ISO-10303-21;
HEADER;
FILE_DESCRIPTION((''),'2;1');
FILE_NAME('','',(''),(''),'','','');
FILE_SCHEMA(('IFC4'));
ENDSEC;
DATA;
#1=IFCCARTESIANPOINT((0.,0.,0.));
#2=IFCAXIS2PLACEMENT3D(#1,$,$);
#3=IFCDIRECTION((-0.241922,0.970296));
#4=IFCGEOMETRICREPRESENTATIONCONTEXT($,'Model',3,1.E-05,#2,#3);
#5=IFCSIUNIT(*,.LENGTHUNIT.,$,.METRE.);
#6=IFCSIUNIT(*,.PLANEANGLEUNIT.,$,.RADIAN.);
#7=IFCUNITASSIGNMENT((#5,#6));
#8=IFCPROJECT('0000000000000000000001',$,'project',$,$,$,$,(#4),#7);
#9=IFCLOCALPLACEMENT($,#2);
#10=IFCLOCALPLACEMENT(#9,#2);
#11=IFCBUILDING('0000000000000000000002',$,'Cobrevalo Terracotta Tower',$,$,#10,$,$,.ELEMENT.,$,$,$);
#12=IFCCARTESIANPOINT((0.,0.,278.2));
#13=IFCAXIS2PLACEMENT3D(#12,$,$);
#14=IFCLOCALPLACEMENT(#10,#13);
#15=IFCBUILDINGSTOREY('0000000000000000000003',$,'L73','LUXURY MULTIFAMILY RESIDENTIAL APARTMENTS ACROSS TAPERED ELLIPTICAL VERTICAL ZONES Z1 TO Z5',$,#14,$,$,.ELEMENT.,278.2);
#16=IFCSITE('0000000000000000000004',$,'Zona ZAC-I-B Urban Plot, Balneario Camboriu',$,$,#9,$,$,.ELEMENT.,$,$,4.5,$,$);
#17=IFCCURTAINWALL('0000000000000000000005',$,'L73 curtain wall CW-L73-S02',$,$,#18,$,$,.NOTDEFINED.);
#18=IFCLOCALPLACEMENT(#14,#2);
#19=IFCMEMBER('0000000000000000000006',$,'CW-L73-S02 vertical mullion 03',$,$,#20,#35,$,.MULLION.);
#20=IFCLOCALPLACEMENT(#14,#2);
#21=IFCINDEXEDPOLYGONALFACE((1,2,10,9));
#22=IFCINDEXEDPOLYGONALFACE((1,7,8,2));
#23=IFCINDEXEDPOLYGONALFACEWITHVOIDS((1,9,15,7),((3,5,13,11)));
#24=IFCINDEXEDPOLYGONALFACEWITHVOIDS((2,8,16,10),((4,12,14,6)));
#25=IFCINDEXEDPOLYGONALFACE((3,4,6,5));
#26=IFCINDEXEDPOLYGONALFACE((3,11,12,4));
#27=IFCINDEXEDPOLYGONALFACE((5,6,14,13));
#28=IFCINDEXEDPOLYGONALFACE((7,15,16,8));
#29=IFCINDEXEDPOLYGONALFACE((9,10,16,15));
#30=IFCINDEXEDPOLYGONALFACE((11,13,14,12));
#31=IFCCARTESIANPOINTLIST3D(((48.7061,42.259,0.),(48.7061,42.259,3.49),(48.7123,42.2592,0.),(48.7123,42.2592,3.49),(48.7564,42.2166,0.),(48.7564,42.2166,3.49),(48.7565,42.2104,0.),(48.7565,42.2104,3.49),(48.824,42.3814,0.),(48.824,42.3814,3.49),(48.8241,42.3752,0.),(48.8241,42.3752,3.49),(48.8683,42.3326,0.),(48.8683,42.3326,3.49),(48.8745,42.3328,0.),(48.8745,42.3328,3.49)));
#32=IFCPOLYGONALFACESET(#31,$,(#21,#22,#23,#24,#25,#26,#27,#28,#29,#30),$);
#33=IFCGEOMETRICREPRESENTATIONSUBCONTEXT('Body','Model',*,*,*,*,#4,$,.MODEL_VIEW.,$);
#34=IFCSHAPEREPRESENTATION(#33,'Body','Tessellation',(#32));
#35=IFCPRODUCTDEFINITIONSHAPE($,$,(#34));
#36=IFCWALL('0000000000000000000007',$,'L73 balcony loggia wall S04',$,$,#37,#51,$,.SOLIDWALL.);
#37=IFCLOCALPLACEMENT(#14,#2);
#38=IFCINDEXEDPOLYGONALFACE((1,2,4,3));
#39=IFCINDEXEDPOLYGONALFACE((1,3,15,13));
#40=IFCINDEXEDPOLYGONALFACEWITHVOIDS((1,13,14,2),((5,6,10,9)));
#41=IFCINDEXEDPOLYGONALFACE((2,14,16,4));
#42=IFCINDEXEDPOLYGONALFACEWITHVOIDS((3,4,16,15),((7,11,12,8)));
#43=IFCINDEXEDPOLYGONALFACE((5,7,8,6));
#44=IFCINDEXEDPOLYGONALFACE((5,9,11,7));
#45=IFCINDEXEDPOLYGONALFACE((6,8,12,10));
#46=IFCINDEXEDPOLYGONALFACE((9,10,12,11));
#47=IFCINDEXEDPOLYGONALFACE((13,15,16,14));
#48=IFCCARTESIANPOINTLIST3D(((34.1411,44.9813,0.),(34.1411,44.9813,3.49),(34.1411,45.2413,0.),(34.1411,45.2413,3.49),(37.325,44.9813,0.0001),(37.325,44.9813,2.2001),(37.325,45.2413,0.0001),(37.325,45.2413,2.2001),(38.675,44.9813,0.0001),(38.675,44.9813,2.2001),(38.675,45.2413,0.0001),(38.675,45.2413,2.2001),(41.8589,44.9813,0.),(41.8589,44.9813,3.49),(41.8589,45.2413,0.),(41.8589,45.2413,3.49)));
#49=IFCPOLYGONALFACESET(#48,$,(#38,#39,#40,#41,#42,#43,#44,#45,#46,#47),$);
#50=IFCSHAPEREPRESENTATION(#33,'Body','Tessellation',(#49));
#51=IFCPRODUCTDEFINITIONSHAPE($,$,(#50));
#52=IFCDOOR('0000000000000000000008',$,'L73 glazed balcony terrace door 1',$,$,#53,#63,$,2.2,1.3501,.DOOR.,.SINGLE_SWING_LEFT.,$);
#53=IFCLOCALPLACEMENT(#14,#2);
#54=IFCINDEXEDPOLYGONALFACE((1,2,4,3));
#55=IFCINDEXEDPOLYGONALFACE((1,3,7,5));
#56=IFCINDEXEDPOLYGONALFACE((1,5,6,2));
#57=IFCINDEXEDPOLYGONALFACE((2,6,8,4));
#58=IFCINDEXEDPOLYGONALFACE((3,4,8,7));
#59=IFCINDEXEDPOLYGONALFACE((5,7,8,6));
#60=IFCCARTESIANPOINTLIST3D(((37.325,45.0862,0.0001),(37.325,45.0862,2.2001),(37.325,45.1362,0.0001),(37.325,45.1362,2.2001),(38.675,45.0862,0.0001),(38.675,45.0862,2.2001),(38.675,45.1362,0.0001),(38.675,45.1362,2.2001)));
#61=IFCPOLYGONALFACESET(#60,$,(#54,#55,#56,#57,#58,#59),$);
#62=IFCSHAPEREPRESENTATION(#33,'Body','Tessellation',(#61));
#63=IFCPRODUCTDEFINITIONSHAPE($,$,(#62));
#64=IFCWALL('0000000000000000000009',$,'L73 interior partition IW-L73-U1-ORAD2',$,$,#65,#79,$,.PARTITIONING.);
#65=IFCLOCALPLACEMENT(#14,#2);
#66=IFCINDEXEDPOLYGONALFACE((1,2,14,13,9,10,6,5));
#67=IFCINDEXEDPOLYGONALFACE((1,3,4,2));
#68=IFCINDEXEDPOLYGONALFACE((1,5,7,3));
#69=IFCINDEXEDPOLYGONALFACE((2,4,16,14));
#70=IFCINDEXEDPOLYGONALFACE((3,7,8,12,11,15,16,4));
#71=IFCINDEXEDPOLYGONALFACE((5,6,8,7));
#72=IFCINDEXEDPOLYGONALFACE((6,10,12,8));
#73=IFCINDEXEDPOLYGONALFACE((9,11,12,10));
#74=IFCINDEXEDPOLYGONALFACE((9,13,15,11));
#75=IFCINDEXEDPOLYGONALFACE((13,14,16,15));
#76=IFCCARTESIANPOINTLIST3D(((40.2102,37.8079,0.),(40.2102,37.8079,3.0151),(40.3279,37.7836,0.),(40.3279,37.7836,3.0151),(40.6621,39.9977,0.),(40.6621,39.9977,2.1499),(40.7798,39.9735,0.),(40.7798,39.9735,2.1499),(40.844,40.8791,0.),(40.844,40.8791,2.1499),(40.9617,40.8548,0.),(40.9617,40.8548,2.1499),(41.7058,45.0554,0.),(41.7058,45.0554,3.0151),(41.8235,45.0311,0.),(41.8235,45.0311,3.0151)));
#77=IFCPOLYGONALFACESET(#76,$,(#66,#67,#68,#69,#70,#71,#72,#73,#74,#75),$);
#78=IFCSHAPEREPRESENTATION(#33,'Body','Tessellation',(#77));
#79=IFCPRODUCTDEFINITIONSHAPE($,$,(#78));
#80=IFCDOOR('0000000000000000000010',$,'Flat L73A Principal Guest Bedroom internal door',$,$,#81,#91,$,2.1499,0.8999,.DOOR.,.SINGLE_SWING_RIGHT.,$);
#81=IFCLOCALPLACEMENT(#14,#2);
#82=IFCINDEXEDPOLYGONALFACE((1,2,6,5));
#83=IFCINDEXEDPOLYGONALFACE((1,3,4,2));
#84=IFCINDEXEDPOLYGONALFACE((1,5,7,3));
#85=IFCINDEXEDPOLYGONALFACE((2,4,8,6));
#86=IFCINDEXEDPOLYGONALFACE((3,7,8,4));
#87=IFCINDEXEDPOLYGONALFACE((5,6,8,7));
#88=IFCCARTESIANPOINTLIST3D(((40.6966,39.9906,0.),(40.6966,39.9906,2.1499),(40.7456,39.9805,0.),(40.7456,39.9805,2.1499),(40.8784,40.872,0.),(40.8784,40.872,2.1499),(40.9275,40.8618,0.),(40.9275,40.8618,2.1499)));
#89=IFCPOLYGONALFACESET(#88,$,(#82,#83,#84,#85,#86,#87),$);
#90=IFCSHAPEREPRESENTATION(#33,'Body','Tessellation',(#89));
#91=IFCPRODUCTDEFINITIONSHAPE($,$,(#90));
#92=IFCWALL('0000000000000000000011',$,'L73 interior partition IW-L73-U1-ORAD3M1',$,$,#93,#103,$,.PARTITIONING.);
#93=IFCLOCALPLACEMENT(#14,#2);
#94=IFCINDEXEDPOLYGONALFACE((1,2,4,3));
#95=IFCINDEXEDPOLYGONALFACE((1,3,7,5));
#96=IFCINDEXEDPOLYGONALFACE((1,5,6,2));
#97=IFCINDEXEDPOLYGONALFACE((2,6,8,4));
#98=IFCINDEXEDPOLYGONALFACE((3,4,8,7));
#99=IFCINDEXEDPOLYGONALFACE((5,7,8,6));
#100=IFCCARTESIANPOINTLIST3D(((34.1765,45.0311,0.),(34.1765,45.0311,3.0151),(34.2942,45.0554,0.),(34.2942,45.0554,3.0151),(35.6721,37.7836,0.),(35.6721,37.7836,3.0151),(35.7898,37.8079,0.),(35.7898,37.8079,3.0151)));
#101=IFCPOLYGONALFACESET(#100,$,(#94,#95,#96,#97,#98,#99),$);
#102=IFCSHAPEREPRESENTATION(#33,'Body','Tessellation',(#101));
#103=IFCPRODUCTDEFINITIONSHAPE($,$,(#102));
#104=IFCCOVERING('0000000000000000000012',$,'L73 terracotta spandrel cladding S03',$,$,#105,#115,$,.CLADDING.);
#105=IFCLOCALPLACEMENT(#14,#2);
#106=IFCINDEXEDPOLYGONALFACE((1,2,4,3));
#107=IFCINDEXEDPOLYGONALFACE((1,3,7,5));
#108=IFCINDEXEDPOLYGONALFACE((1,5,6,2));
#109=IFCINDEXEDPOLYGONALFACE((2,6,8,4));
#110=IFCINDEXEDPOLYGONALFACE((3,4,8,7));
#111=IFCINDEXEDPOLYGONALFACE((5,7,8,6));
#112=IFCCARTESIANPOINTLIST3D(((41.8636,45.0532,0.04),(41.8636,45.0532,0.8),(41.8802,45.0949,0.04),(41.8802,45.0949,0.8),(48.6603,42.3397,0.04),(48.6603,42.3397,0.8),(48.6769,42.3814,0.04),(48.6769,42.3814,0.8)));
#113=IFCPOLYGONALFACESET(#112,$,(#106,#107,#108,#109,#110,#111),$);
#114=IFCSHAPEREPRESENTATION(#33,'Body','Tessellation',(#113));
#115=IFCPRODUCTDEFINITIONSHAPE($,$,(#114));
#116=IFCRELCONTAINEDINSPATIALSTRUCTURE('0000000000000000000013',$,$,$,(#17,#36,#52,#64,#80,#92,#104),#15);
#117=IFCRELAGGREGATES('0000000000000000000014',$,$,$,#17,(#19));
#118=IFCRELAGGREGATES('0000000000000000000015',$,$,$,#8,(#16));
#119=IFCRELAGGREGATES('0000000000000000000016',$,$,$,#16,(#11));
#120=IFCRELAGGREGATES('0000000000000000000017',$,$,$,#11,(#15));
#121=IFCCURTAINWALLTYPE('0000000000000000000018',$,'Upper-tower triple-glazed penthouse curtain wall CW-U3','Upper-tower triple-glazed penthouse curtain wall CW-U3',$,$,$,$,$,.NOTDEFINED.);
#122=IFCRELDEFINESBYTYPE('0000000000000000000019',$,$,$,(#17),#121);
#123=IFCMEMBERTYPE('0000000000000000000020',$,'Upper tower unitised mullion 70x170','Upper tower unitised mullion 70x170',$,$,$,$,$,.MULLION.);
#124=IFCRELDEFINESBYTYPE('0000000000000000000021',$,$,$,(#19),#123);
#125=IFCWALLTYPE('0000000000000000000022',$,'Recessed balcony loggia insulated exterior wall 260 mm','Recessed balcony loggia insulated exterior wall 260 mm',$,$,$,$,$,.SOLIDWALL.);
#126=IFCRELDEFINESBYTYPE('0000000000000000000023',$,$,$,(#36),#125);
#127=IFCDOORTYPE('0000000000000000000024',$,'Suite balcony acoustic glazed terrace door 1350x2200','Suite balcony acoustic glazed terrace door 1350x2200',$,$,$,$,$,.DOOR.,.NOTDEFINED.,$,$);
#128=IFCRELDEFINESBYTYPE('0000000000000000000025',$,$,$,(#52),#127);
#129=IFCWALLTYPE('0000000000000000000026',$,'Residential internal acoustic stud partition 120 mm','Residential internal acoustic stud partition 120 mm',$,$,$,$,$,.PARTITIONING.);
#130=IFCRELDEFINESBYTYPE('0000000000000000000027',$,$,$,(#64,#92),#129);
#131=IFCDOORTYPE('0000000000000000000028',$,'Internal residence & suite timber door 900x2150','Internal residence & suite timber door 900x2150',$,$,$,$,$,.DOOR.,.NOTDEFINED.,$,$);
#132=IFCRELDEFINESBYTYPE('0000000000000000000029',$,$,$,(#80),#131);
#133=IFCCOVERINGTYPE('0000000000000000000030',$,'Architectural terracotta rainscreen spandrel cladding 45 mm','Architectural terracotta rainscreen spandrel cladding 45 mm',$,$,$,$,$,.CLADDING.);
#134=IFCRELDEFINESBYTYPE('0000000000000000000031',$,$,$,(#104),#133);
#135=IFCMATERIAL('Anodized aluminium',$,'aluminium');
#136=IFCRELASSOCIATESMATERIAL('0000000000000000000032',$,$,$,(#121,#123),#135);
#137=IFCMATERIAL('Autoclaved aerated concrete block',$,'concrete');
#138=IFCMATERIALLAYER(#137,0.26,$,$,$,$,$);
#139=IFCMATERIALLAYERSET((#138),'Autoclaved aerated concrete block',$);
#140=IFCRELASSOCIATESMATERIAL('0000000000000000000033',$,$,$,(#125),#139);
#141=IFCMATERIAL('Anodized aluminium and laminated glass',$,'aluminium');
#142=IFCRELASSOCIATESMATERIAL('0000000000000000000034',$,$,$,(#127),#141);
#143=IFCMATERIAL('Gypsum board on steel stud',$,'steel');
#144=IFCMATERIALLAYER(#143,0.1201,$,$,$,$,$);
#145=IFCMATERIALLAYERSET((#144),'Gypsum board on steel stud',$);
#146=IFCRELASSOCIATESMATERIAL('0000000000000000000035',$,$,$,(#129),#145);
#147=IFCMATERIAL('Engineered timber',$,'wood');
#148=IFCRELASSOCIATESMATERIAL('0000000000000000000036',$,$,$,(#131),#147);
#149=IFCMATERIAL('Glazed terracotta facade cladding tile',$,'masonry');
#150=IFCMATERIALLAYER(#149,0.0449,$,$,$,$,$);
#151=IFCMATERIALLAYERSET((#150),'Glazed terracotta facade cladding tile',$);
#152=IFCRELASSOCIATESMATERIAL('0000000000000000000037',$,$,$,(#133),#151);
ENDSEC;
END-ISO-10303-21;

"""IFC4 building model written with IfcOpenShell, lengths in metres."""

from ifc_helpers import new_model, si_unit, direction, frame, frame_2d, origin, origin_2d, place, context, subcontext, project, spatial, rectangle, hollow_rectangle, extrude, source, transform, mapped, material, layer, layer_set, material_profile, profile_set, type_object, element, fill, aggregate, save


model = new_model("IFC4")

# Units and contexts
model_context = context("Model", 3, precision=1e-05, world=origin(), true_north=direction((-0.241922, 0.970296)))
body_context = subcontext(model_context, "Body", "Model", "MODEL_VIEW")
ifc_project = project(units=[si_unit("LENGTHUNIT", "METRE"), si_unit("PLANEANGLEUNIT", "RADIAN")], contexts=[model_context])

# Site, building, storey
site_placement = place(None, origin())
site = spatial("IfcSite", under=ifc_project, at=site_placement, Name="Zona ZAC-I-B Urban Plot, Balneario Camboriu", CompositionType="ELEMENT", RefElevation=4.5)
building_placement = place(site_placement, origin())
building = spatial("IfcBuilding", under=site, at=building_placement, Name="Cobrevalo Terracotta Tower", CompositionType="ELEMENT")
storey_placement = place(building_placement, frame((0.0, 0.0, 278.2)))
storey = spatial("IfcBuildingStorey", under=building, at=storey_placement, Name="L73", Description="LUXURY MULTIFAMILY RESIDENTIAL APARTMENTS ACROSS TAPERED ELLIPTICAL VERTICAL ZONES Z1 TO Z5", CompositionType="ELEMENT", Elevation=278.2)

# Curtain wall, member
ifc_material_1 = material(Name="Anodized aluminium", Category="aluminium")
curtain_wall_type = type_object("IfcCurtainWallType", Name="Upper-tower triple-glazed penthouse curtain wall CW-U3", Description="Upper-tower triple-glazed penthouse curtain wall CW-U3", PredefinedType="NOTDEFINED", material=ifc_material_1)
curtain_wall_placement = place(storey_placement, origin())
curtain_wall = element("IfcCurtainWall", 1, at=curtain_wall_placement, inside=storey, type_object=curtain_wall_type, Name="L73 curtain wall CW-L73-S02", PredefinedType="NOTDEFINED")
ifc_material_profile_1 = material_profile(ifc_material_1, hollow_rectangle(XDim=0.0701, YDim=0.1699, WallThickness=0.0044, at=origin_2d()), Name="CWM 70x170")
ifc_profile_set_1 = profile_set([ifc_material_profile_1], Name="Anodized aluminium")
member_type = type_object("IfcMemberType", Name="Upper tower unitised mullion 70x170", Description="Upper tower unitised mullion 70x170", PredefinedType="MULLION", material=ifc_profile_set_1)
shared_shape_1 = source(origin(), body_context, "Body", "SweptSolid", [
    extrude(hollow_rectangle(XDim=0.0701, YDim=0.1699, WallThickness=0.0044, at=origin_2d()), origin(), (0.0, 0.0, 1.0), 3.49),
])
member_placement = place(storey_placement, frame((48.7903, 42.2959, 0.0), z_axis=(0.0, 0.0, 1.0), x_axis=(-0.719994, 0.69398, 0.0)))
member = element("IfcMember", 2, at=member_placement, type_object=member_type, Name="CW-L73-S02 vertical mullion 03", PredefinedType="MULLION", context=body_context, shape_type="MappedRepresentation", body=[
    mapped(shared_shape_1, transform((0.0, 0.0, 0.0), scale=1.0)),
])
aggregate(curtain_wall, [member])

# Walls, openings, doors
ifc_material_2 = material(Name="Autoclaved aerated concrete block", Category="concrete")
ifc_layer_1 = layer(ifc_material_2, 0.26)
ifc_layer_set_1 = layer_set([ifc_layer_1], Name="Autoclaved aerated concrete block")
wall_type_1 = type_object("IfcWallType", Name="Recessed balcony loggia insulated exterior wall 260 mm", Description="Recessed balcony loggia insulated exterior wall 260 mm", PredefinedType="SOLIDWALL", material=ifc_layer_set_1)
wall_1_placement = place(storey_placement, frame((41.8589, 45.1113, 0.0), z_axis=(0.0, 0.0, 1.0), x_axis=(-1.0, 0.0, 0.0)))
wall_1 = element("IfcWall", 3, at=wall_1_placement, inside=storey, type_object=wall_type_1, Name="L73 balcony loggia wall S04", PredefinedType="SOLIDWALL", context=body_context, shape_type="SweptSolid", body=[
    extrude(rectangle(XDim=7.7178, YDim=0.26, at=frame_2d((3.8589, 0.0))), origin(), (0.0, 0.0, 1.0), 3.49),
])
opening_1_placement = place(wall_1_placement, frame((3.1838, 0.0, 0.0)))
opening_1 = element("IfcOpeningElement", 4, at=opening_1_placement, cuts=wall_1, PredefinedType="OPENING", context=body_context, shape_type="SweptSolid", body=[
    extrude(rectangle(XDim=1.3501, YDim=2.2, at=frame_2d((0.675, 1.1001))), frame((0.0, 0.1401, 0.0), z_axis=(0.0, -1.0, 0.0), x_axis=(1.0, 0.0, 0.0)), (0.0, 0.0, 1.0), 0.28),
])
ifc_material_3 = material(Name="Anodized aluminium and laminated glass", Category="aluminium")
door_type_1 = type_object("IfcDoorType", Name="Suite balcony acoustic glazed terrace door 1350x2200", Description="Suite balcony acoustic glazed terrace door 1350x2200", OperationType="NOTDEFINED", PredefinedType="DOOR", material=ifc_material_3)
shared_shape_2 = source(origin(), body_context, "Body", "SweptSolid", [
    extrude(rectangle(XDim=1.3501, YDim=2.2, at=frame_2d((0.675, 1.1001))), frame((0.0, 0.0249, 0.0), z_axis=(0.0, -1.0, 0.0), x_axis=(1.0, 0.0, 0.0)), (0.0, 0.0, 1.0), 0.05),
])
door_1_placement = place(opening_1_placement, frame((1.3501, 0.0, 0.0), z_axis=(0.0, 0.0, 1.0), x_axis=(-1.0, 0.0, 0.0)))
door_1 = element("IfcDoor", 5, at=door_1_placement, inside=storey, type_object=door_type_1, Name="L73 glazed balcony terrace door 1", OperationType="SINGLE_SWING_LEFT", OverallHeight=2.2, OverallWidth=1.3501, PredefinedType="DOOR", context=body_context, shape_type="MappedRepresentation", body=[
    mapped(shared_shape_2, transform((0.0, 0.0, 0.0), scale=1.0)),
])
fill(opening_1, door_1)
ifc_material_4 = material(Name="Gypsum board on steel stud", Category="steel")
ifc_layer_2 = layer(ifc_material_4, 0.1201)
ifc_layer_set_2 = layer_set([ifc_layer_2], Name="Gypsum board on steel stud")
wall_type_2 = type_object("IfcWallType", Name="Residential internal acoustic stud partition 120 mm", Description="Residential internal acoustic stud partition 120 mm", PredefinedType="PARTITIONING", material=ifc_layer_set_2)
wall_2_placement = place(storey_placement, frame((40.269, 37.7957, 0.0), z_axis=(0.0, 0.0, 1.0), x_axis=(0.202102, 0.979365, 0.0)))
wall_2 = element("IfcWall", 6, at=wall_2_placement, inside=storey, type_object=wall_type_2, Name="L73 interior partition IW-L73-U1-ORAD2", PredefinedType="PARTITIONING", context=body_context, shape_type="SweptSolid", body=[
    extrude(rectangle(XDim=7.4001, YDim=0.1201, at=frame_2d((3.7002, 0.0))), origin(), (0.0, 0.0, 1.0), 3.0151),
])
opening_2_placement = place(wall_2_placement, frame((2.2361, 0.0, 0.0)))
opening_2 = element("IfcOpeningElement", 7, at=opening_2_placement, cuts=wall_2, PredefinedType="OPENING", context=body_context, shape_type="SweptSolid", body=[
    extrude(rectangle(XDim=0.8999, YDim=2.1499, at=frame_2d((0.45, 1.075))), frame((0.0, 0.0701, 0.0), z_axis=(0.0, -1.0, 0.0), x_axis=(1.0, 0.0, 0.0)), (0.0, 0.0, 1.0), 0.1401),
])
ifc_material_5 = material(Name="Engineered timber", Category="wood")
door_type_2 = type_object("IfcDoorType", Name="Internal residence & suite timber door 900x2150", Description="Internal residence & suite timber door 900x2150", OperationType="NOTDEFINED", PredefinedType="DOOR", material=ifc_material_5)
shared_shape_3 = source(origin(), body_context, "Body", "SweptSolid", [
    extrude(rectangle(XDim=0.8999, YDim=2.1499, at=frame_2d((0.45, 1.075))), frame((0.0, 0.0249, 0.0), z_axis=(0.0, -1.0, 0.0), x_axis=(1.0, 0.0, 0.0)), (0.0, 0.0, 1.0), 0.05),
])
door_2_placement = place(opening_2_placement, origin())
door_2 = element("IfcDoor", 8, at=door_2_placement, inside=storey, type_object=door_type_2, Name="Flat L73A Principal Guest Bedroom internal door", OperationType="SINGLE_SWING_RIGHT", OverallHeight=2.1499, OverallWidth=0.8999, PredefinedType="DOOR", context=body_context, shape_type="MappedRepresentation", body=[
    mapped(shared_shape_3, transform((0.0, 0.0, 0.0), scale=1.0)),
])
fill(opening_2, door_2)

# Wall
wall_3_placement = place(storey_placement, frame((35.731, 37.7957, 0.0), z_axis=(0.0, 0.0, 1.0), x_axis=(-0.202102, 0.979365, 0.0)))
element("IfcWall", 9, at=wall_3_placement, inside=storey, type_object=wall_type_2, Name="L73 interior partition IW-L73-U1-ORAD3M1", PredefinedType="PARTITIONING", context=body_context, shape_type="SweptSolid", body=[
    extrude(rectangle(XDim=7.4001, YDim=0.1201, at=frame_2d((3.7002, 0.0))), origin(), (0.0, 0.0, 1.0), 3.0151),
])

# Covering
ifc_material_6 = material(Name="Glazed terracotta facade cladding tile", Category="masonry")
ifc_layer_3 = layer(ifc_material_6, 0.0449)
ifc_layer_set_3 = layer_set([ifc_layer_3], Name="Glazed terracotta facade cladding tile")
covering_type = type_object("IfcCoveringType", Name="Architectural terracotta rainscreen spandrel cladding 45 mm", Description="Architectural terracotta rainscreen spandrel cladding 45 mm", PredefinedType="CLADDING", material=ifc_layer_set_3)
shared_shape_4 = source(origin(), body_context, "Body", "SweptSolid", [
    extrude(rectangle(XDim=7.3184, YDim=0.0449, at=origin_2d()), origin(), (0.0, 0.0, 1.0), 0.76),
])
covering_placement = place(storey_placement, frame((45.2703, 43.7173, 0.04), z_axis=(0.0, 0.0, 1.0), x_axis=(-0.928718, 0.370786, 0.0)))
element("IfcCovering", 10, at=covering_placement, inside=storey, type_object=covering_type, Name="L73 terracotta spandrel cladding S03", PredefinedType="CLADDING", context=body_context, shape_type="MappedRepresentation", body=[
    mapped(shared_shape_4, transform((0.0, 0.0, 0.0), scale=1.0)),
])

save(model, "model.ifc")
